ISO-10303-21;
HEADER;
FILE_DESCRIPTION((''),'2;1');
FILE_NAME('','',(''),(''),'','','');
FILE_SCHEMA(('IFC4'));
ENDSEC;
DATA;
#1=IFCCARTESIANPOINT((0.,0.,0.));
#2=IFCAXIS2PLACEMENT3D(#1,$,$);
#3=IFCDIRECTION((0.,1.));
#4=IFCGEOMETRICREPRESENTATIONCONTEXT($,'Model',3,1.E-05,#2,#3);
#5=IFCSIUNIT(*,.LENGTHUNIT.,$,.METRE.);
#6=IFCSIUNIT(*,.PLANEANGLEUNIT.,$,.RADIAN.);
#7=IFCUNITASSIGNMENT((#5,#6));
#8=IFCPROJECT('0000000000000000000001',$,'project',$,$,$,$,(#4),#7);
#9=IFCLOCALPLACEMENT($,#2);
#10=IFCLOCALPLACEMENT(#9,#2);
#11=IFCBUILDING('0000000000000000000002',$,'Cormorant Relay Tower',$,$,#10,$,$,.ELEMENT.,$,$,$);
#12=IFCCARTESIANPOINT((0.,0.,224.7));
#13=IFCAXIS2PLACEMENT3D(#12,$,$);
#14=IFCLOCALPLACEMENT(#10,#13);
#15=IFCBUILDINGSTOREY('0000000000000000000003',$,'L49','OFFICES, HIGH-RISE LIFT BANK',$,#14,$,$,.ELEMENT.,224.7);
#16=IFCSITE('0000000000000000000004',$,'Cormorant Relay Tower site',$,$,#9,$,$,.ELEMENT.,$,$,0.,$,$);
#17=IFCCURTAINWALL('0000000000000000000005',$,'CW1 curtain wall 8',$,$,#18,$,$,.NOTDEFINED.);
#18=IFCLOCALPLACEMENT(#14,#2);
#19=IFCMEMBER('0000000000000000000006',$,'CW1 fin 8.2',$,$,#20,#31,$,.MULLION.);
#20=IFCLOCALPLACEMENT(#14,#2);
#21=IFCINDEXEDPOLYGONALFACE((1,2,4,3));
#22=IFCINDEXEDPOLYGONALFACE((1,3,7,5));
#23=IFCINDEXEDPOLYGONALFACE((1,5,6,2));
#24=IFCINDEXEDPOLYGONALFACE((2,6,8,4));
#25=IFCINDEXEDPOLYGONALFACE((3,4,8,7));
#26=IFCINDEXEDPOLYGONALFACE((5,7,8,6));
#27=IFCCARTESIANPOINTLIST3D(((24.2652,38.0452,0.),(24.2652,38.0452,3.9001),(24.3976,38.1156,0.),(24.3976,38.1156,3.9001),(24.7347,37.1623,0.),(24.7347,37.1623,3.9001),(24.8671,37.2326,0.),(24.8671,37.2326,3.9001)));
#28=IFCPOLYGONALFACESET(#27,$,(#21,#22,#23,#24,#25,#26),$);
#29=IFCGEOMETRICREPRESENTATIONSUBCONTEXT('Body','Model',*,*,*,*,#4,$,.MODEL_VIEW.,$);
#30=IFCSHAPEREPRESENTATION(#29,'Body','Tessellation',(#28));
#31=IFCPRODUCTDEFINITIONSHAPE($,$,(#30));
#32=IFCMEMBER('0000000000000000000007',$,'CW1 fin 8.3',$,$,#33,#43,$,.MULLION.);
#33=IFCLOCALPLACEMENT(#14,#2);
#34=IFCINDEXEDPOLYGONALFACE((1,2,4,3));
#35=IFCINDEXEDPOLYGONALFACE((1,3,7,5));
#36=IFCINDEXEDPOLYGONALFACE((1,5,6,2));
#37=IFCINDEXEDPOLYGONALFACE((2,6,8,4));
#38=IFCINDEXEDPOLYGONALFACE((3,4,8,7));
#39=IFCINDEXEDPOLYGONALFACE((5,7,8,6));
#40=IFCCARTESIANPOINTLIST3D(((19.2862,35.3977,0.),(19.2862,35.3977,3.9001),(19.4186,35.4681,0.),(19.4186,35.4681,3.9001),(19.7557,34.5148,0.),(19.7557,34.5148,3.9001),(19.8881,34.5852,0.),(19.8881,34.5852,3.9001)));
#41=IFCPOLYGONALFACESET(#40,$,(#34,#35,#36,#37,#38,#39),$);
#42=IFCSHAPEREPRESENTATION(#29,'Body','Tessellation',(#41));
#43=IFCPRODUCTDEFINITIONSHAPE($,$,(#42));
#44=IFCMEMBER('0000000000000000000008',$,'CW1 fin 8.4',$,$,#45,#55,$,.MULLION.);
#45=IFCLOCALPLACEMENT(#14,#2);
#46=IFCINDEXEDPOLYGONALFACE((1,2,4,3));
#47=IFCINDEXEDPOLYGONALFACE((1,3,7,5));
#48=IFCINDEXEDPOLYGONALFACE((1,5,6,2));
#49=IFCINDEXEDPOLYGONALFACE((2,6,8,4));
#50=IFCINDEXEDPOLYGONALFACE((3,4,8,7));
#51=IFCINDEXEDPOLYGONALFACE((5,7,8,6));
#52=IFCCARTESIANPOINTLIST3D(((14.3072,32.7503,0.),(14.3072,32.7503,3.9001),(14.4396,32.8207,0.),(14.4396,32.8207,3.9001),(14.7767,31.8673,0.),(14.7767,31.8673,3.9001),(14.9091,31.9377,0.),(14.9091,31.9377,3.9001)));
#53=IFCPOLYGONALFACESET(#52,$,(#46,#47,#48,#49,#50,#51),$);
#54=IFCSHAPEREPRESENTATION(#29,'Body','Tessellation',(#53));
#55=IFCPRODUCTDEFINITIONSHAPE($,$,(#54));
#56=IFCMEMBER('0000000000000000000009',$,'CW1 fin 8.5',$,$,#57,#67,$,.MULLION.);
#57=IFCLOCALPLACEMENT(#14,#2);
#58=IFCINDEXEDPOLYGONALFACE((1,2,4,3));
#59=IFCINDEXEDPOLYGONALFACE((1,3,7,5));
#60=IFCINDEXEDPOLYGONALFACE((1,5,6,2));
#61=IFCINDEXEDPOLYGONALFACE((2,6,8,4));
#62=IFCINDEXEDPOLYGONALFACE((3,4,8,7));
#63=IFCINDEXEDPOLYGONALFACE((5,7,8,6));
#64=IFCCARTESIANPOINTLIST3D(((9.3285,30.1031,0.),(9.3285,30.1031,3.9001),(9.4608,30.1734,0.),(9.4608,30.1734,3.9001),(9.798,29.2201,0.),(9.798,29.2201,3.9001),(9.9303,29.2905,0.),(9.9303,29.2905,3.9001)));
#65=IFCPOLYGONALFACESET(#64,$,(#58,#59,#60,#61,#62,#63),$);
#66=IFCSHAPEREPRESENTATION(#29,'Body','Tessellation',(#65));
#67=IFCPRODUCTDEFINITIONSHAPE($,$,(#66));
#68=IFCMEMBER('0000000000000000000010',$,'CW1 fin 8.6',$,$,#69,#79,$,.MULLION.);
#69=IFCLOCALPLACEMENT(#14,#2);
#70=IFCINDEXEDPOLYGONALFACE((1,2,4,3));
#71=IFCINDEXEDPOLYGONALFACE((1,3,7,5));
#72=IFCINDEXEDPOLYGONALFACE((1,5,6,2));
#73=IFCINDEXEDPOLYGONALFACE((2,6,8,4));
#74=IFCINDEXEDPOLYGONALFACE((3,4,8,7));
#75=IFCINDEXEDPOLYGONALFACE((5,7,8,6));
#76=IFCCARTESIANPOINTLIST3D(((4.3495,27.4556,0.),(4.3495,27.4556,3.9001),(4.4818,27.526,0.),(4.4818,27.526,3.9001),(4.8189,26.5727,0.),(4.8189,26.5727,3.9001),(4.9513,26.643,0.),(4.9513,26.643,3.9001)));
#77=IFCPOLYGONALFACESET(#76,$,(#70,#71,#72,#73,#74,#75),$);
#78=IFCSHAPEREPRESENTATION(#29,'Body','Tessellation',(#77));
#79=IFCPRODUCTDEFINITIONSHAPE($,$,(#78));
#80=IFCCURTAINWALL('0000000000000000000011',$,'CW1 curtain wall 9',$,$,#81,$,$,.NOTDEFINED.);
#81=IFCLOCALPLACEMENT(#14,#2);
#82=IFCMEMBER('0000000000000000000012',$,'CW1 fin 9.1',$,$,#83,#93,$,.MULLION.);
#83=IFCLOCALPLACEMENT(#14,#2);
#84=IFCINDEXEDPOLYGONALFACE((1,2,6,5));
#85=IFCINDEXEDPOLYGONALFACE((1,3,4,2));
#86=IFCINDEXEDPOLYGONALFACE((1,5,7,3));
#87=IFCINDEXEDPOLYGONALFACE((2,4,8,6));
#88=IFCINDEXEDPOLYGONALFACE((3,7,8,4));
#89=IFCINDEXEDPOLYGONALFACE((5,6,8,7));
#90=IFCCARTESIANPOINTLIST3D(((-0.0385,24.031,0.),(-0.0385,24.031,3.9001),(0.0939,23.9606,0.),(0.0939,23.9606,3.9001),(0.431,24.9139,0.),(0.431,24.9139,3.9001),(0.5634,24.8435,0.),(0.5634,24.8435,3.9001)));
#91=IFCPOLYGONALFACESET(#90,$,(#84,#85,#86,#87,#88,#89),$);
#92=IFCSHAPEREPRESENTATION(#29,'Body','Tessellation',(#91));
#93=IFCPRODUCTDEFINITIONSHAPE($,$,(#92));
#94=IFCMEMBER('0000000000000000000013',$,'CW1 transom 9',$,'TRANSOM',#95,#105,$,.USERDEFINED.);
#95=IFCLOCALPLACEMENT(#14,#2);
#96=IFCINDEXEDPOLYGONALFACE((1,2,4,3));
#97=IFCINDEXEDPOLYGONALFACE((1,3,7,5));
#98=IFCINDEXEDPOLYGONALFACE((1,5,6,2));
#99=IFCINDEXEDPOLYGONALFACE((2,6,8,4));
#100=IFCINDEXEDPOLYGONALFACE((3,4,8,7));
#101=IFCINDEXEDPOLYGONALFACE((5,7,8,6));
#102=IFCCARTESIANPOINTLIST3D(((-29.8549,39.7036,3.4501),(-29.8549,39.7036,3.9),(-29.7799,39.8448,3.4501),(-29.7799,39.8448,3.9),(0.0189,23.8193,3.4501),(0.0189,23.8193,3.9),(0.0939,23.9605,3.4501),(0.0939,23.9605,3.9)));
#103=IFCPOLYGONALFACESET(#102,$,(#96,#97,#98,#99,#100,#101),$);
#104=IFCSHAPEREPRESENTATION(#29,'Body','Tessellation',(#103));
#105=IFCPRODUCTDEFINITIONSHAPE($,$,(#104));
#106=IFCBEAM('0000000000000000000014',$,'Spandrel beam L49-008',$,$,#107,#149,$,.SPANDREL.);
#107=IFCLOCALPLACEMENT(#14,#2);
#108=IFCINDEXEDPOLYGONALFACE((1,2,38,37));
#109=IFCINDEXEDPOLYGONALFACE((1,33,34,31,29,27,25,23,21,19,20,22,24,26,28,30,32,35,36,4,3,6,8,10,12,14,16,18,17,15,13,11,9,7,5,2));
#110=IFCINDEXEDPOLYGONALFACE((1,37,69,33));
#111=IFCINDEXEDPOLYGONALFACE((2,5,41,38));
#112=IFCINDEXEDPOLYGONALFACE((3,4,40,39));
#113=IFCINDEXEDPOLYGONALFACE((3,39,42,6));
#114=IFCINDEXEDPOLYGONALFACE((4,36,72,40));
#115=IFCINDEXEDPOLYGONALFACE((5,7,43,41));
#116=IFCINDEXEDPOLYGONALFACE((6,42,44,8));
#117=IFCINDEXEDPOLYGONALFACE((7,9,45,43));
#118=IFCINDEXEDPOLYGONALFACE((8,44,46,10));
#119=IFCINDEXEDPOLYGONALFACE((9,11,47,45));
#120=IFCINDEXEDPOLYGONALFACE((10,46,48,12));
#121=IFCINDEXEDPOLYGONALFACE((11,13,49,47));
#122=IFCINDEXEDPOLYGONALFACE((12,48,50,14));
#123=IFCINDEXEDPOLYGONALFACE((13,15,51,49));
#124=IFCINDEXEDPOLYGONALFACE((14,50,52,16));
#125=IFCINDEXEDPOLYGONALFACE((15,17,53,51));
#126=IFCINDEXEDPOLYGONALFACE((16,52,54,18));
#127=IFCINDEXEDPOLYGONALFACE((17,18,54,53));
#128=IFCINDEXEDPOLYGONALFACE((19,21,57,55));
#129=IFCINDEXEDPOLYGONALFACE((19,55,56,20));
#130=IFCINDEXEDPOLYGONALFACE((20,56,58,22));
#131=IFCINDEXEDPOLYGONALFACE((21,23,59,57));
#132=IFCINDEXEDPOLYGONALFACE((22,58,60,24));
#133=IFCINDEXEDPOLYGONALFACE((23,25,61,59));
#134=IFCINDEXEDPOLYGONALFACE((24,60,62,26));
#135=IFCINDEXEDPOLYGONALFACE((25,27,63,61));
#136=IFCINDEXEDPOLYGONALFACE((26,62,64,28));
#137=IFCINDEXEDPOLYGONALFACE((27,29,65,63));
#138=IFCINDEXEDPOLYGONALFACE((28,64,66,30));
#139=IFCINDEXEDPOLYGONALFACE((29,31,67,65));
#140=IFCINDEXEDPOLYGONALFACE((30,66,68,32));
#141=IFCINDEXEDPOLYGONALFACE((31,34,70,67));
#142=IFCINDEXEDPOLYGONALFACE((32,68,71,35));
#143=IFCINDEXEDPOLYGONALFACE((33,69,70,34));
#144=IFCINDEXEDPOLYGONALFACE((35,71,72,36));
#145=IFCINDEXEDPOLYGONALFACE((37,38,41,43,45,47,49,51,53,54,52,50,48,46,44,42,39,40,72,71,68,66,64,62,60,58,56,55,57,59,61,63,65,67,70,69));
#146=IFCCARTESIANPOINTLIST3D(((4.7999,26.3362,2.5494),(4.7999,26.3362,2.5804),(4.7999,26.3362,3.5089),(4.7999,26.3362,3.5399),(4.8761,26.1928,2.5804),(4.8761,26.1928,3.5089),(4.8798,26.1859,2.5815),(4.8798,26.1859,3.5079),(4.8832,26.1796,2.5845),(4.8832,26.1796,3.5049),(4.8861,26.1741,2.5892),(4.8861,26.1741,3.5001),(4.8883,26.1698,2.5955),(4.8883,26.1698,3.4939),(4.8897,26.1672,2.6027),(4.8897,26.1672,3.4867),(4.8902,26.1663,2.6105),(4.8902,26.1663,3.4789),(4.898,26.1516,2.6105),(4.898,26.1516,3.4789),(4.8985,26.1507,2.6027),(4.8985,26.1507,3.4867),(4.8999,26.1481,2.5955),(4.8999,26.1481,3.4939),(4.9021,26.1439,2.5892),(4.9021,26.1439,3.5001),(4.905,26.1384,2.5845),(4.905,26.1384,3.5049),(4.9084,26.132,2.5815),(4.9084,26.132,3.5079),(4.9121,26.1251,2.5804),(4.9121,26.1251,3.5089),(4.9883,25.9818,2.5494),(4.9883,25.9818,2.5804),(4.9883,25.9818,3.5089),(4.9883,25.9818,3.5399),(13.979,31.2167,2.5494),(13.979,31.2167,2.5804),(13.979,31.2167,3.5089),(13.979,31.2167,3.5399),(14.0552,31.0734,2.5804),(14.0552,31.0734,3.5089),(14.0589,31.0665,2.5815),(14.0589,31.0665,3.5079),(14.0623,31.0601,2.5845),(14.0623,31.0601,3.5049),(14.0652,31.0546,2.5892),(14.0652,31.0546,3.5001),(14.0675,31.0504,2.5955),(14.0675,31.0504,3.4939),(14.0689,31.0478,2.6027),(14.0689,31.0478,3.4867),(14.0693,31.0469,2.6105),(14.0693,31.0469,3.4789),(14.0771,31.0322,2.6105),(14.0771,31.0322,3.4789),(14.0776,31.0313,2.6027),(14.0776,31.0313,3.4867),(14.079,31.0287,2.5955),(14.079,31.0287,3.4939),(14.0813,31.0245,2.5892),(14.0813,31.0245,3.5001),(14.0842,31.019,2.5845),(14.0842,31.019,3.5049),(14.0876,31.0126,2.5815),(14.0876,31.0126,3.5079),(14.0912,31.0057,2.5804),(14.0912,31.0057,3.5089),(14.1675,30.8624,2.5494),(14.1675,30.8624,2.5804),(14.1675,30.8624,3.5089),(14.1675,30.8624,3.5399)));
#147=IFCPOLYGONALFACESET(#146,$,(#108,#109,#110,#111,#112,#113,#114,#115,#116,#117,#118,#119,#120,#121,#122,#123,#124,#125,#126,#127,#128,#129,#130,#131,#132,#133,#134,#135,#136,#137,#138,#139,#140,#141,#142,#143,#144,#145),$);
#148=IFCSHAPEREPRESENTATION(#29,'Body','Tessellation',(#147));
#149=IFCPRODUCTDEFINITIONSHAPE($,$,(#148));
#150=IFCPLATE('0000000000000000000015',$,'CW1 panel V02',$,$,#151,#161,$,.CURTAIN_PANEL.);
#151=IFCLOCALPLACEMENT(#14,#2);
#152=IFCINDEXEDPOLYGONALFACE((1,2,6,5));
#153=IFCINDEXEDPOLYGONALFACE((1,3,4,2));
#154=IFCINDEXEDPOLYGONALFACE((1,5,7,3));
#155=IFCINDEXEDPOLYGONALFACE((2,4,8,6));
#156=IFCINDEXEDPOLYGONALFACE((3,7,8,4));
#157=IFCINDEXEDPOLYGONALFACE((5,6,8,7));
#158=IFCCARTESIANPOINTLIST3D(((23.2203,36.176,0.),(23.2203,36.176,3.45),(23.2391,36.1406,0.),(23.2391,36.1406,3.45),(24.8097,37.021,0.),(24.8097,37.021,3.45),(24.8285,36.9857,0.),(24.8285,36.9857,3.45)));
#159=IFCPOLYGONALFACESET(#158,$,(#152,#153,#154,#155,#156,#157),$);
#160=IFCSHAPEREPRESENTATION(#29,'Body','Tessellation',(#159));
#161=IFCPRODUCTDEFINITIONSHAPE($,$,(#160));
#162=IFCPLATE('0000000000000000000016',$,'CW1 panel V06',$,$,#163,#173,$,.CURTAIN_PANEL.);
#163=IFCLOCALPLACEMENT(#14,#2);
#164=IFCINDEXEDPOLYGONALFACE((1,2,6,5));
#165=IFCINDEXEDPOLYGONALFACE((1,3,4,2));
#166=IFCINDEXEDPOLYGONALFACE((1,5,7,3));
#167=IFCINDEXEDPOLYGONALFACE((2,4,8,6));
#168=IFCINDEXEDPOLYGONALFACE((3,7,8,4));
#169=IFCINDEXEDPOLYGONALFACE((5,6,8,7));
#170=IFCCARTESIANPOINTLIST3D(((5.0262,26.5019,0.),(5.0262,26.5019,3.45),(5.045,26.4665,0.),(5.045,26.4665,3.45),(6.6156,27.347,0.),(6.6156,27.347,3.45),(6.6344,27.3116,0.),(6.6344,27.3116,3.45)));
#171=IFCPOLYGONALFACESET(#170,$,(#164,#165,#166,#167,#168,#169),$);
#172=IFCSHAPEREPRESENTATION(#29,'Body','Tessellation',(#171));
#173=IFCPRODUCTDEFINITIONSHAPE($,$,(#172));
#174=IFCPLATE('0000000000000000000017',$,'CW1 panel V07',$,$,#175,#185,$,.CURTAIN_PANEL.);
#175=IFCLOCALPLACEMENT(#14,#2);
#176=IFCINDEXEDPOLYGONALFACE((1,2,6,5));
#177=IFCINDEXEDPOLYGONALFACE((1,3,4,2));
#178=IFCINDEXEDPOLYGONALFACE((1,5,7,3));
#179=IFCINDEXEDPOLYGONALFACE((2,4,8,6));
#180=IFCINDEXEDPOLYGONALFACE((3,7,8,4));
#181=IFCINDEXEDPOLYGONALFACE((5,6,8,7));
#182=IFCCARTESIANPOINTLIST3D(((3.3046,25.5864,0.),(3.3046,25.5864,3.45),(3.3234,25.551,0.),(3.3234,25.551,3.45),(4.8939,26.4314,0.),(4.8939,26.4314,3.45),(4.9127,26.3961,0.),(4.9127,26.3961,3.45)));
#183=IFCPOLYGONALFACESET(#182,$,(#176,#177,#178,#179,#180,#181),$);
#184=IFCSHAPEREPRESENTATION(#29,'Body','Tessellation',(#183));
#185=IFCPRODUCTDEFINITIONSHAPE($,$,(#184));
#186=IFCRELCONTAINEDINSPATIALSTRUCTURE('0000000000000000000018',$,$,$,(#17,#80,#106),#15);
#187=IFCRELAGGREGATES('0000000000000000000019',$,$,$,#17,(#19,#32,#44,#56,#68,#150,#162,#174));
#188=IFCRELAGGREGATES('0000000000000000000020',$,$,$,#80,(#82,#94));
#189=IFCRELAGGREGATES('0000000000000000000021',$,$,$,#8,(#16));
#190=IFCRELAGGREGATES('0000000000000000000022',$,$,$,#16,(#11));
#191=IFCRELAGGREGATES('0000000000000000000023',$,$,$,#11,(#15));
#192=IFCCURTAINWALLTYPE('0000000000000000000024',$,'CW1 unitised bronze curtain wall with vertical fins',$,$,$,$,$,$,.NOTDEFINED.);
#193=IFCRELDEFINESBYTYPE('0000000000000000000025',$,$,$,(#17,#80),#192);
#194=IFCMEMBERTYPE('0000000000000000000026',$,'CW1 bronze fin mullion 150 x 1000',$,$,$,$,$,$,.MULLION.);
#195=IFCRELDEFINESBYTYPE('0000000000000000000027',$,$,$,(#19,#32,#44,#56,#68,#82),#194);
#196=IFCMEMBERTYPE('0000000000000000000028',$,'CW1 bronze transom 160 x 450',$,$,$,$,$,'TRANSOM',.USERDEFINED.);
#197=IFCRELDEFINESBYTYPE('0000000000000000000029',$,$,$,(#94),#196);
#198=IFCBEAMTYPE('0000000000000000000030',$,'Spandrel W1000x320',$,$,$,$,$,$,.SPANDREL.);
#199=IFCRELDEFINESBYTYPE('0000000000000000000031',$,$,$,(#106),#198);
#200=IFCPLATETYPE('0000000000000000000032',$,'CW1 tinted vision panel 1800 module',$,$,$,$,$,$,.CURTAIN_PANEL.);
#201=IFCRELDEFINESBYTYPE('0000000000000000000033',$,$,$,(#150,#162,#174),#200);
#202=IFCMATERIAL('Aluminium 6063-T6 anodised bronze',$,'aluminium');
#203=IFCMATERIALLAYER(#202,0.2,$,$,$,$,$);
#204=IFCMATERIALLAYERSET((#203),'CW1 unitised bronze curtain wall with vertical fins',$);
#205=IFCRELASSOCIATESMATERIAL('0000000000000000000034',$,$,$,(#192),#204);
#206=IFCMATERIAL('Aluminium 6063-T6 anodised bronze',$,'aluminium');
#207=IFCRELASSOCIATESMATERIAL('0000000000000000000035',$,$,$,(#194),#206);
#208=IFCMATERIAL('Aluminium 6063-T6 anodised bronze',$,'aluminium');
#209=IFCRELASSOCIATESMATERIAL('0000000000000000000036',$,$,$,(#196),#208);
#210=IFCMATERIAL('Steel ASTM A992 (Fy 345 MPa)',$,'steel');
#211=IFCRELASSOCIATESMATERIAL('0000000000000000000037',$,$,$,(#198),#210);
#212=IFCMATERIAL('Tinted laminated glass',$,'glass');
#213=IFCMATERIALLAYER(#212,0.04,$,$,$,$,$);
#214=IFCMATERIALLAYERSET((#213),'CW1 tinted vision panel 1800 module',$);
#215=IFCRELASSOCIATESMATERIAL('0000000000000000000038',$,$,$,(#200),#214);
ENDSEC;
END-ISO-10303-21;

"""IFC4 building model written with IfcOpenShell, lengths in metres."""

from ifc_helpers import new_model, si_unit, direction, frame, origin, origin_2d, place, context, subcontext, project, spatial, rectangle, i_section, extrude, material, layer, layer_set, material_profile, profile_set, type_object, element, aggregate, save


model = new_model("IFC4")

# Units and contexts
model_context = context("Model", 3, precision=1e-05, world=origin(), true_north=direction((0.0, 1.0)))
body_context = subcontext(model_context, "Body", "Model", "MODEL_VIEW")
ifc_project = project(units=[si_unit("LENGTHUNIT", "METRE"), si_unit("PLANEANGLEUNIT", "RADIAN")], contexts=[model_context])

# Site, building, storey
site_placement = place(None, origin())
site = spatial("IfcSite", under=ifc_project, at=site_placement, Name="Cormorant Relay Tower site", CompositionType="ELEMENT", RefElevation=0.0)
building_placement = place(site_placement, origin())
building = spatial("IfcBuilding", under=site, at=building_placement, Name="Cormorant Relay Tower", CompositionType="ELEMENT")
storey_placement = place(building_placement, frame((0.0, 0.0, 224.7)))
storey = spatial("IfcBuildingStorey", under=building, at=storey_placement, Name="L49", Description="OFFICES, HIGH-RISE LIFT BANK", CompositionType="ELEMENT", Elevation=224.7)

# Curtain walls, members
ifc_material_1 = material(Name="Aluminium 6063-T6 anodised bronze", Category="aluminium")
ifc_layer_1 = layer(ifc_material_1, 0.2)
ifc_layer_set_1 = layer_set([ifc_layer_1], Name="CW1 unitised bronze curtain wall with vertical fins")
curtain_wall_type = type_object("IfcCurtainWallType", Name="CW1 unitised bronze curtain wall with vertical fins", PredefinedType="NOTDEFINED", material=ifc_layer_set_1)
curtain_wall_1_placement = place(storey_placement, origin())
curtain_wall_1 = element("IfcCurtainWall", 1, at=curtain_wall_1_placement, inside=storey, type_object=curtain_wall_type, Name="CW1 curtain wall 8", PredefinedType="NOTDEFINED")
ifc_material_2 = material(Name="Aluminium 6063-T6 anodised bronze", Category="aluminium")
ifc_material_profile_1 = material_profile(ifc_material_2, rectangle(XDim=0.1499, YDim=1.0, at=origin_2d()), Name="AL 150x1000")
ifc_profile_set_1 = profile_set([ifc_material_profile_1], Name="Aluminium 6063-T6 anodised bronze")
member_type_1 = type_object("IfcMemberType", Name="CW1 bronze fin mullion 150 x 1000", PredefinedType="MULLION", material=ifc_profile_set_1)
member_1_placement = place(storey_placement, frame((24.5662, 37.6389, 0.0), z_axis=(0.0, 0.0, 1.0), x_axis=(-0.882948, -0.469472, 0.0)))
member_1 = element("IfcMember", 2, at=member_1_placement, type_object=member_type_1, Name="CW1 fin 8.2", PredefinedType="MULLION", context=body_context, shape_type="SweptSolid", body=[
    extrude(rectangle(XDim=0.1499, YDim=1.0, at=origin_2d()), origin(), (0.0, 0.0, 1.0), 3.9001),
])
member_2_placement = place(storey_placement, frame((19.5872, 34.9915, 0.0), z_axis=(0.0, 0.0, 1.0), x_axis=(-0.882948, -0.469472, 0.0)))
member_2 = element("IfcMember", 3, at=member_2_placement, type_object=member_type_1, Name="CW1 fin 8.3", PredefinedType="MULLION", context=body_context, shape_type="SweptSolid", body=[
    extrude(rectangle(XDim=0.1499, YDim=1.0, at=origin_2d()), origin(), (0.0, 0.0, 1.0), 3.9001),
])
member_3_placement = place(storey_placement, frame((14.6082, 32.344, 0.0), z_axis=(0.0, 0.0, 1.0), x_axis=(-0.882948, -0.469472, 0.0)))
member_3 = element("IfcMember", 4, at=member_3_placement, type_object=member_type_1, Name="CW1 fin 8.4", PredefinedType="MULLION", context=body_context, shape_type="SweptSolid", body=[
    extrude(rectangle(XDim=0.1499, YDim=1.0, at=origin_2d()), origin(), (0.0, 0.0, 1.0), 3.9001),
])
member_4_placement = place(storey_placement, frame((9.6294, 29.6968, 0.0), z_axis=(0.0, 0.0, 1.0), x_axis=(-0.882948, -0.469472, 0.0)))
member_4 = element("IfcMember", 5, at=member_4_placement, type_object=member_type_1, Name="CW1 fin 8.5", PredefinedType="MULLION", context=body_context, shape_type="SweptSolid", body=[
    extrude(rectangle(XDim=0.1499, YDim=1.0, at=origin_2d()), origin(), (0.0, 0.0, 1.0), 3.9001),
])
member_5_placement = place(storey_placement, frame((4.6504, 27.0493, 0.0), z_axis=(0.0, 0.0, 1.0), x_axis=(-0.882948, -0.469472, 0.0)))
member_5 = element("IfcMember", 6, at=member_5_placement, type_object=member_type_1, Name="CW1 fin 8.6", PredefinedType="MULLION", context=body_context, shape_type="SweptSolid", body=[
    extrude(rectangle(XDim=0.1499, YDim=1.0, at=origin_2d()), origin(), (0.0, 0.0, 1.0), 3.9001),
])
curtain_wall_2_placement = place(storey_placement, origin())
curtain_wall_2 = element("IfcCurtainWall", 7, at=curtain_wall_2_placement, inside=storey, type_object=curtain_wall_type, Name="CW1 curtain wall 9", PredefinedType="NOTDEFINED")
member_6_placement = place(storey_placement, frame((0.2625, 24.4373, 0.0), z_axis=(0.0, 0.0, 1.0), x_axis=(-0.882948, 0.469472, 0.0)))
member_6 = element("IfcMember", 8, at=member_6_placement, type_object=member_type_1, Name="CW1 fin 9.1", PredefinedType="MULLION", context=body_context, shape_type="SweptSolid", body=[
    extrude(rectangle(XDim=0.1499, YDim=1.0, at=origin_2d()), origin(), (0.0, 0.0, 1.0), 3.9001),
])
ifc_material_3 = material(Name="Aluminium 6063-T6 anodised bronze", Category="aluminium")
ifc_material_profile_2 = material_profile(ifc_material_3, rectangle(XDim=0.1599, YDim=0.45, at=origin_2d()), Name="AL 160x450")
ifc_profile_set_2 = profile_set([ifc_material_profile_2], Name="Aluminium 6063-T6 anodised bronze")
member_type_2 = type_object("IfcMemberType", Name="CW1 bronze transom 160 x 450", ElementType="TRANSOM", PredefinedType="USERDEFINED", material=ifc_profile_set_2)
member_7_placement = place(storey_placement, frame((0.0564, 23.8899, 3.675), z_axis=(-0.882946, 0.469474, 0.0), x_axis=(-0.469474, -0.882946, 0.0)))
member_7 = element("IfcMember", 9, at=member_7_placement, type_object=member_type_2, Name="CW1 transom 9", ObjectType="TRANSOM", PredefinedType="USERDEFINED", context=body_context, shape_type="SweptSolid", body=[
    extrude(rectangle(XDim=0.1599, YDim=0.45, at=origin_2d()), origin(), (0.0, 0.0, 1.0), 33.8342),
])

# Beam
ifc_material_4 = material(Name="Steel ASTM A992 (Fy 345 MPa)", Category="steel")
ifc_material_profile_3 = material_profile(ifc_material_4, i_section(OverallWidth=0.4014, OverallDepth=0.9905, WebThickness=0.0166, FlangeThickness=0.031, FilletRadius=0.03, at=origin_2d()), Name="W1000x320")
ifc_profile_set_3 = profile_set([ifc_material_profile_3], Name="Steel ASTM A992 (Fy 345 MPa)")
beam_type = type_object("IfcBeamType", Name="Spandrel W1000x320", PredefinedType="SPANDREL", material=ifc_profile_set_3)
beam_placement = place(storey_placement, frame((14.0732, 31.0396, 3.0447), z_axis=(-0.88295, -0.469468, 0.0), x_axis=(0.469468, -0.88295, 0.0)))
element("IfcBeam", 10, at=beam_placement, inside=storey, type_object=beam_type, Name="Spandrel beam L49-008", PredefinedType="SPANDREL", context=body_context, shape_type="SweptSolid", body=[
    extrude(i_section(OverallWidth=0.4014, OverallDepth=0.9905, WebThickness=0.0166, FlangeThickness=0.031, FilletRadius=0.03, at=origin_2d()), origin(), (0.0, 0.0, 1.0), 10.396),
])

# Plates
ifc_material_5 = material(Name="Tinted laminated glass", Category="glass")
ifc_layer_2 = layer(ifc_material_5, 0.04)
ifc_layer_set_2 = layer_set([ifc_layer_2], Name="CW1 tinted vision panel 1800 module")
plate_type_1 = type_object("IfcPlateType", Name="CW1 tinted vision panel 1800 module", PredefinedType="CURTAIN_PANEL", material=ifc_layer_set_2)
plate_1_placement = place(storey_placement, frame((24.0244, 36.5808, 0.0), z_axis=(0.0, 0.0, 1.0), x_axis=(-0.882948, -0.469472, 0.0)))
plate_1 = element("IfcPlate", 11, at=plate_1_placement, type_object=plate_type_1, Name="CW1 panel V02", PredefinedType="CURTAIN_PANEL", context=body_context, shape_type="SweptSolid", body=[
    extrude(rectangle(XDim=1.8, YDim=0.04, at=origin_2d()), origin(), (0.0, 0.0, 1.0), 3.45),
])
plate_2_placement = place(storey_placement, frame((5.8303, 26.9067, 0.0), z_axis=(0.0, 0.0, 1.0), x_axis=(-0.882948, -0.469472, 0.0)))
plate_2 = element("IfcPlate", 12, at=plate_2_placement, type_object=plate_type_1, Name="CW1 panel V06", PredefinedType="CURTAIN_PANEL", context=body_context, shape_type="SweptSolid", body=[
    extrude(rectangle(XDim=1.8, YDim=0.04, at=origin_2d()), origin(), (0.0, 0.0, 1.0), 3.45),
])
plate_3_placement = place(storey_placement, frame((4.1086, 25.9912, 0.0), z_axis=(0.0, 0.0, 1.0), x_axis=(-0.882948, -0.469472, 0.0)))
plate_3 = element("IfcPlate", 13, at=plate_3_placement, type_object=plate_type_1, Name="CW1 panel V07", PredefinedType="CURTAIN_PANEL", context=body_context, shape_type="SweptSolid", body=[
    extrude(rectangle(XDim=1.8, YDim=0.04, at=origin_2d()), origin(), (0.0, 0.0, 1.0), 3.45),
])

aggregate(curtain_wall_1, [member_1, member_2, member_3, member_4, member_5, plate_1, plate_2, plate_3])
aggregate(curtain_wall_2, [member_6, member_7])

save(model, "model.ifc")
